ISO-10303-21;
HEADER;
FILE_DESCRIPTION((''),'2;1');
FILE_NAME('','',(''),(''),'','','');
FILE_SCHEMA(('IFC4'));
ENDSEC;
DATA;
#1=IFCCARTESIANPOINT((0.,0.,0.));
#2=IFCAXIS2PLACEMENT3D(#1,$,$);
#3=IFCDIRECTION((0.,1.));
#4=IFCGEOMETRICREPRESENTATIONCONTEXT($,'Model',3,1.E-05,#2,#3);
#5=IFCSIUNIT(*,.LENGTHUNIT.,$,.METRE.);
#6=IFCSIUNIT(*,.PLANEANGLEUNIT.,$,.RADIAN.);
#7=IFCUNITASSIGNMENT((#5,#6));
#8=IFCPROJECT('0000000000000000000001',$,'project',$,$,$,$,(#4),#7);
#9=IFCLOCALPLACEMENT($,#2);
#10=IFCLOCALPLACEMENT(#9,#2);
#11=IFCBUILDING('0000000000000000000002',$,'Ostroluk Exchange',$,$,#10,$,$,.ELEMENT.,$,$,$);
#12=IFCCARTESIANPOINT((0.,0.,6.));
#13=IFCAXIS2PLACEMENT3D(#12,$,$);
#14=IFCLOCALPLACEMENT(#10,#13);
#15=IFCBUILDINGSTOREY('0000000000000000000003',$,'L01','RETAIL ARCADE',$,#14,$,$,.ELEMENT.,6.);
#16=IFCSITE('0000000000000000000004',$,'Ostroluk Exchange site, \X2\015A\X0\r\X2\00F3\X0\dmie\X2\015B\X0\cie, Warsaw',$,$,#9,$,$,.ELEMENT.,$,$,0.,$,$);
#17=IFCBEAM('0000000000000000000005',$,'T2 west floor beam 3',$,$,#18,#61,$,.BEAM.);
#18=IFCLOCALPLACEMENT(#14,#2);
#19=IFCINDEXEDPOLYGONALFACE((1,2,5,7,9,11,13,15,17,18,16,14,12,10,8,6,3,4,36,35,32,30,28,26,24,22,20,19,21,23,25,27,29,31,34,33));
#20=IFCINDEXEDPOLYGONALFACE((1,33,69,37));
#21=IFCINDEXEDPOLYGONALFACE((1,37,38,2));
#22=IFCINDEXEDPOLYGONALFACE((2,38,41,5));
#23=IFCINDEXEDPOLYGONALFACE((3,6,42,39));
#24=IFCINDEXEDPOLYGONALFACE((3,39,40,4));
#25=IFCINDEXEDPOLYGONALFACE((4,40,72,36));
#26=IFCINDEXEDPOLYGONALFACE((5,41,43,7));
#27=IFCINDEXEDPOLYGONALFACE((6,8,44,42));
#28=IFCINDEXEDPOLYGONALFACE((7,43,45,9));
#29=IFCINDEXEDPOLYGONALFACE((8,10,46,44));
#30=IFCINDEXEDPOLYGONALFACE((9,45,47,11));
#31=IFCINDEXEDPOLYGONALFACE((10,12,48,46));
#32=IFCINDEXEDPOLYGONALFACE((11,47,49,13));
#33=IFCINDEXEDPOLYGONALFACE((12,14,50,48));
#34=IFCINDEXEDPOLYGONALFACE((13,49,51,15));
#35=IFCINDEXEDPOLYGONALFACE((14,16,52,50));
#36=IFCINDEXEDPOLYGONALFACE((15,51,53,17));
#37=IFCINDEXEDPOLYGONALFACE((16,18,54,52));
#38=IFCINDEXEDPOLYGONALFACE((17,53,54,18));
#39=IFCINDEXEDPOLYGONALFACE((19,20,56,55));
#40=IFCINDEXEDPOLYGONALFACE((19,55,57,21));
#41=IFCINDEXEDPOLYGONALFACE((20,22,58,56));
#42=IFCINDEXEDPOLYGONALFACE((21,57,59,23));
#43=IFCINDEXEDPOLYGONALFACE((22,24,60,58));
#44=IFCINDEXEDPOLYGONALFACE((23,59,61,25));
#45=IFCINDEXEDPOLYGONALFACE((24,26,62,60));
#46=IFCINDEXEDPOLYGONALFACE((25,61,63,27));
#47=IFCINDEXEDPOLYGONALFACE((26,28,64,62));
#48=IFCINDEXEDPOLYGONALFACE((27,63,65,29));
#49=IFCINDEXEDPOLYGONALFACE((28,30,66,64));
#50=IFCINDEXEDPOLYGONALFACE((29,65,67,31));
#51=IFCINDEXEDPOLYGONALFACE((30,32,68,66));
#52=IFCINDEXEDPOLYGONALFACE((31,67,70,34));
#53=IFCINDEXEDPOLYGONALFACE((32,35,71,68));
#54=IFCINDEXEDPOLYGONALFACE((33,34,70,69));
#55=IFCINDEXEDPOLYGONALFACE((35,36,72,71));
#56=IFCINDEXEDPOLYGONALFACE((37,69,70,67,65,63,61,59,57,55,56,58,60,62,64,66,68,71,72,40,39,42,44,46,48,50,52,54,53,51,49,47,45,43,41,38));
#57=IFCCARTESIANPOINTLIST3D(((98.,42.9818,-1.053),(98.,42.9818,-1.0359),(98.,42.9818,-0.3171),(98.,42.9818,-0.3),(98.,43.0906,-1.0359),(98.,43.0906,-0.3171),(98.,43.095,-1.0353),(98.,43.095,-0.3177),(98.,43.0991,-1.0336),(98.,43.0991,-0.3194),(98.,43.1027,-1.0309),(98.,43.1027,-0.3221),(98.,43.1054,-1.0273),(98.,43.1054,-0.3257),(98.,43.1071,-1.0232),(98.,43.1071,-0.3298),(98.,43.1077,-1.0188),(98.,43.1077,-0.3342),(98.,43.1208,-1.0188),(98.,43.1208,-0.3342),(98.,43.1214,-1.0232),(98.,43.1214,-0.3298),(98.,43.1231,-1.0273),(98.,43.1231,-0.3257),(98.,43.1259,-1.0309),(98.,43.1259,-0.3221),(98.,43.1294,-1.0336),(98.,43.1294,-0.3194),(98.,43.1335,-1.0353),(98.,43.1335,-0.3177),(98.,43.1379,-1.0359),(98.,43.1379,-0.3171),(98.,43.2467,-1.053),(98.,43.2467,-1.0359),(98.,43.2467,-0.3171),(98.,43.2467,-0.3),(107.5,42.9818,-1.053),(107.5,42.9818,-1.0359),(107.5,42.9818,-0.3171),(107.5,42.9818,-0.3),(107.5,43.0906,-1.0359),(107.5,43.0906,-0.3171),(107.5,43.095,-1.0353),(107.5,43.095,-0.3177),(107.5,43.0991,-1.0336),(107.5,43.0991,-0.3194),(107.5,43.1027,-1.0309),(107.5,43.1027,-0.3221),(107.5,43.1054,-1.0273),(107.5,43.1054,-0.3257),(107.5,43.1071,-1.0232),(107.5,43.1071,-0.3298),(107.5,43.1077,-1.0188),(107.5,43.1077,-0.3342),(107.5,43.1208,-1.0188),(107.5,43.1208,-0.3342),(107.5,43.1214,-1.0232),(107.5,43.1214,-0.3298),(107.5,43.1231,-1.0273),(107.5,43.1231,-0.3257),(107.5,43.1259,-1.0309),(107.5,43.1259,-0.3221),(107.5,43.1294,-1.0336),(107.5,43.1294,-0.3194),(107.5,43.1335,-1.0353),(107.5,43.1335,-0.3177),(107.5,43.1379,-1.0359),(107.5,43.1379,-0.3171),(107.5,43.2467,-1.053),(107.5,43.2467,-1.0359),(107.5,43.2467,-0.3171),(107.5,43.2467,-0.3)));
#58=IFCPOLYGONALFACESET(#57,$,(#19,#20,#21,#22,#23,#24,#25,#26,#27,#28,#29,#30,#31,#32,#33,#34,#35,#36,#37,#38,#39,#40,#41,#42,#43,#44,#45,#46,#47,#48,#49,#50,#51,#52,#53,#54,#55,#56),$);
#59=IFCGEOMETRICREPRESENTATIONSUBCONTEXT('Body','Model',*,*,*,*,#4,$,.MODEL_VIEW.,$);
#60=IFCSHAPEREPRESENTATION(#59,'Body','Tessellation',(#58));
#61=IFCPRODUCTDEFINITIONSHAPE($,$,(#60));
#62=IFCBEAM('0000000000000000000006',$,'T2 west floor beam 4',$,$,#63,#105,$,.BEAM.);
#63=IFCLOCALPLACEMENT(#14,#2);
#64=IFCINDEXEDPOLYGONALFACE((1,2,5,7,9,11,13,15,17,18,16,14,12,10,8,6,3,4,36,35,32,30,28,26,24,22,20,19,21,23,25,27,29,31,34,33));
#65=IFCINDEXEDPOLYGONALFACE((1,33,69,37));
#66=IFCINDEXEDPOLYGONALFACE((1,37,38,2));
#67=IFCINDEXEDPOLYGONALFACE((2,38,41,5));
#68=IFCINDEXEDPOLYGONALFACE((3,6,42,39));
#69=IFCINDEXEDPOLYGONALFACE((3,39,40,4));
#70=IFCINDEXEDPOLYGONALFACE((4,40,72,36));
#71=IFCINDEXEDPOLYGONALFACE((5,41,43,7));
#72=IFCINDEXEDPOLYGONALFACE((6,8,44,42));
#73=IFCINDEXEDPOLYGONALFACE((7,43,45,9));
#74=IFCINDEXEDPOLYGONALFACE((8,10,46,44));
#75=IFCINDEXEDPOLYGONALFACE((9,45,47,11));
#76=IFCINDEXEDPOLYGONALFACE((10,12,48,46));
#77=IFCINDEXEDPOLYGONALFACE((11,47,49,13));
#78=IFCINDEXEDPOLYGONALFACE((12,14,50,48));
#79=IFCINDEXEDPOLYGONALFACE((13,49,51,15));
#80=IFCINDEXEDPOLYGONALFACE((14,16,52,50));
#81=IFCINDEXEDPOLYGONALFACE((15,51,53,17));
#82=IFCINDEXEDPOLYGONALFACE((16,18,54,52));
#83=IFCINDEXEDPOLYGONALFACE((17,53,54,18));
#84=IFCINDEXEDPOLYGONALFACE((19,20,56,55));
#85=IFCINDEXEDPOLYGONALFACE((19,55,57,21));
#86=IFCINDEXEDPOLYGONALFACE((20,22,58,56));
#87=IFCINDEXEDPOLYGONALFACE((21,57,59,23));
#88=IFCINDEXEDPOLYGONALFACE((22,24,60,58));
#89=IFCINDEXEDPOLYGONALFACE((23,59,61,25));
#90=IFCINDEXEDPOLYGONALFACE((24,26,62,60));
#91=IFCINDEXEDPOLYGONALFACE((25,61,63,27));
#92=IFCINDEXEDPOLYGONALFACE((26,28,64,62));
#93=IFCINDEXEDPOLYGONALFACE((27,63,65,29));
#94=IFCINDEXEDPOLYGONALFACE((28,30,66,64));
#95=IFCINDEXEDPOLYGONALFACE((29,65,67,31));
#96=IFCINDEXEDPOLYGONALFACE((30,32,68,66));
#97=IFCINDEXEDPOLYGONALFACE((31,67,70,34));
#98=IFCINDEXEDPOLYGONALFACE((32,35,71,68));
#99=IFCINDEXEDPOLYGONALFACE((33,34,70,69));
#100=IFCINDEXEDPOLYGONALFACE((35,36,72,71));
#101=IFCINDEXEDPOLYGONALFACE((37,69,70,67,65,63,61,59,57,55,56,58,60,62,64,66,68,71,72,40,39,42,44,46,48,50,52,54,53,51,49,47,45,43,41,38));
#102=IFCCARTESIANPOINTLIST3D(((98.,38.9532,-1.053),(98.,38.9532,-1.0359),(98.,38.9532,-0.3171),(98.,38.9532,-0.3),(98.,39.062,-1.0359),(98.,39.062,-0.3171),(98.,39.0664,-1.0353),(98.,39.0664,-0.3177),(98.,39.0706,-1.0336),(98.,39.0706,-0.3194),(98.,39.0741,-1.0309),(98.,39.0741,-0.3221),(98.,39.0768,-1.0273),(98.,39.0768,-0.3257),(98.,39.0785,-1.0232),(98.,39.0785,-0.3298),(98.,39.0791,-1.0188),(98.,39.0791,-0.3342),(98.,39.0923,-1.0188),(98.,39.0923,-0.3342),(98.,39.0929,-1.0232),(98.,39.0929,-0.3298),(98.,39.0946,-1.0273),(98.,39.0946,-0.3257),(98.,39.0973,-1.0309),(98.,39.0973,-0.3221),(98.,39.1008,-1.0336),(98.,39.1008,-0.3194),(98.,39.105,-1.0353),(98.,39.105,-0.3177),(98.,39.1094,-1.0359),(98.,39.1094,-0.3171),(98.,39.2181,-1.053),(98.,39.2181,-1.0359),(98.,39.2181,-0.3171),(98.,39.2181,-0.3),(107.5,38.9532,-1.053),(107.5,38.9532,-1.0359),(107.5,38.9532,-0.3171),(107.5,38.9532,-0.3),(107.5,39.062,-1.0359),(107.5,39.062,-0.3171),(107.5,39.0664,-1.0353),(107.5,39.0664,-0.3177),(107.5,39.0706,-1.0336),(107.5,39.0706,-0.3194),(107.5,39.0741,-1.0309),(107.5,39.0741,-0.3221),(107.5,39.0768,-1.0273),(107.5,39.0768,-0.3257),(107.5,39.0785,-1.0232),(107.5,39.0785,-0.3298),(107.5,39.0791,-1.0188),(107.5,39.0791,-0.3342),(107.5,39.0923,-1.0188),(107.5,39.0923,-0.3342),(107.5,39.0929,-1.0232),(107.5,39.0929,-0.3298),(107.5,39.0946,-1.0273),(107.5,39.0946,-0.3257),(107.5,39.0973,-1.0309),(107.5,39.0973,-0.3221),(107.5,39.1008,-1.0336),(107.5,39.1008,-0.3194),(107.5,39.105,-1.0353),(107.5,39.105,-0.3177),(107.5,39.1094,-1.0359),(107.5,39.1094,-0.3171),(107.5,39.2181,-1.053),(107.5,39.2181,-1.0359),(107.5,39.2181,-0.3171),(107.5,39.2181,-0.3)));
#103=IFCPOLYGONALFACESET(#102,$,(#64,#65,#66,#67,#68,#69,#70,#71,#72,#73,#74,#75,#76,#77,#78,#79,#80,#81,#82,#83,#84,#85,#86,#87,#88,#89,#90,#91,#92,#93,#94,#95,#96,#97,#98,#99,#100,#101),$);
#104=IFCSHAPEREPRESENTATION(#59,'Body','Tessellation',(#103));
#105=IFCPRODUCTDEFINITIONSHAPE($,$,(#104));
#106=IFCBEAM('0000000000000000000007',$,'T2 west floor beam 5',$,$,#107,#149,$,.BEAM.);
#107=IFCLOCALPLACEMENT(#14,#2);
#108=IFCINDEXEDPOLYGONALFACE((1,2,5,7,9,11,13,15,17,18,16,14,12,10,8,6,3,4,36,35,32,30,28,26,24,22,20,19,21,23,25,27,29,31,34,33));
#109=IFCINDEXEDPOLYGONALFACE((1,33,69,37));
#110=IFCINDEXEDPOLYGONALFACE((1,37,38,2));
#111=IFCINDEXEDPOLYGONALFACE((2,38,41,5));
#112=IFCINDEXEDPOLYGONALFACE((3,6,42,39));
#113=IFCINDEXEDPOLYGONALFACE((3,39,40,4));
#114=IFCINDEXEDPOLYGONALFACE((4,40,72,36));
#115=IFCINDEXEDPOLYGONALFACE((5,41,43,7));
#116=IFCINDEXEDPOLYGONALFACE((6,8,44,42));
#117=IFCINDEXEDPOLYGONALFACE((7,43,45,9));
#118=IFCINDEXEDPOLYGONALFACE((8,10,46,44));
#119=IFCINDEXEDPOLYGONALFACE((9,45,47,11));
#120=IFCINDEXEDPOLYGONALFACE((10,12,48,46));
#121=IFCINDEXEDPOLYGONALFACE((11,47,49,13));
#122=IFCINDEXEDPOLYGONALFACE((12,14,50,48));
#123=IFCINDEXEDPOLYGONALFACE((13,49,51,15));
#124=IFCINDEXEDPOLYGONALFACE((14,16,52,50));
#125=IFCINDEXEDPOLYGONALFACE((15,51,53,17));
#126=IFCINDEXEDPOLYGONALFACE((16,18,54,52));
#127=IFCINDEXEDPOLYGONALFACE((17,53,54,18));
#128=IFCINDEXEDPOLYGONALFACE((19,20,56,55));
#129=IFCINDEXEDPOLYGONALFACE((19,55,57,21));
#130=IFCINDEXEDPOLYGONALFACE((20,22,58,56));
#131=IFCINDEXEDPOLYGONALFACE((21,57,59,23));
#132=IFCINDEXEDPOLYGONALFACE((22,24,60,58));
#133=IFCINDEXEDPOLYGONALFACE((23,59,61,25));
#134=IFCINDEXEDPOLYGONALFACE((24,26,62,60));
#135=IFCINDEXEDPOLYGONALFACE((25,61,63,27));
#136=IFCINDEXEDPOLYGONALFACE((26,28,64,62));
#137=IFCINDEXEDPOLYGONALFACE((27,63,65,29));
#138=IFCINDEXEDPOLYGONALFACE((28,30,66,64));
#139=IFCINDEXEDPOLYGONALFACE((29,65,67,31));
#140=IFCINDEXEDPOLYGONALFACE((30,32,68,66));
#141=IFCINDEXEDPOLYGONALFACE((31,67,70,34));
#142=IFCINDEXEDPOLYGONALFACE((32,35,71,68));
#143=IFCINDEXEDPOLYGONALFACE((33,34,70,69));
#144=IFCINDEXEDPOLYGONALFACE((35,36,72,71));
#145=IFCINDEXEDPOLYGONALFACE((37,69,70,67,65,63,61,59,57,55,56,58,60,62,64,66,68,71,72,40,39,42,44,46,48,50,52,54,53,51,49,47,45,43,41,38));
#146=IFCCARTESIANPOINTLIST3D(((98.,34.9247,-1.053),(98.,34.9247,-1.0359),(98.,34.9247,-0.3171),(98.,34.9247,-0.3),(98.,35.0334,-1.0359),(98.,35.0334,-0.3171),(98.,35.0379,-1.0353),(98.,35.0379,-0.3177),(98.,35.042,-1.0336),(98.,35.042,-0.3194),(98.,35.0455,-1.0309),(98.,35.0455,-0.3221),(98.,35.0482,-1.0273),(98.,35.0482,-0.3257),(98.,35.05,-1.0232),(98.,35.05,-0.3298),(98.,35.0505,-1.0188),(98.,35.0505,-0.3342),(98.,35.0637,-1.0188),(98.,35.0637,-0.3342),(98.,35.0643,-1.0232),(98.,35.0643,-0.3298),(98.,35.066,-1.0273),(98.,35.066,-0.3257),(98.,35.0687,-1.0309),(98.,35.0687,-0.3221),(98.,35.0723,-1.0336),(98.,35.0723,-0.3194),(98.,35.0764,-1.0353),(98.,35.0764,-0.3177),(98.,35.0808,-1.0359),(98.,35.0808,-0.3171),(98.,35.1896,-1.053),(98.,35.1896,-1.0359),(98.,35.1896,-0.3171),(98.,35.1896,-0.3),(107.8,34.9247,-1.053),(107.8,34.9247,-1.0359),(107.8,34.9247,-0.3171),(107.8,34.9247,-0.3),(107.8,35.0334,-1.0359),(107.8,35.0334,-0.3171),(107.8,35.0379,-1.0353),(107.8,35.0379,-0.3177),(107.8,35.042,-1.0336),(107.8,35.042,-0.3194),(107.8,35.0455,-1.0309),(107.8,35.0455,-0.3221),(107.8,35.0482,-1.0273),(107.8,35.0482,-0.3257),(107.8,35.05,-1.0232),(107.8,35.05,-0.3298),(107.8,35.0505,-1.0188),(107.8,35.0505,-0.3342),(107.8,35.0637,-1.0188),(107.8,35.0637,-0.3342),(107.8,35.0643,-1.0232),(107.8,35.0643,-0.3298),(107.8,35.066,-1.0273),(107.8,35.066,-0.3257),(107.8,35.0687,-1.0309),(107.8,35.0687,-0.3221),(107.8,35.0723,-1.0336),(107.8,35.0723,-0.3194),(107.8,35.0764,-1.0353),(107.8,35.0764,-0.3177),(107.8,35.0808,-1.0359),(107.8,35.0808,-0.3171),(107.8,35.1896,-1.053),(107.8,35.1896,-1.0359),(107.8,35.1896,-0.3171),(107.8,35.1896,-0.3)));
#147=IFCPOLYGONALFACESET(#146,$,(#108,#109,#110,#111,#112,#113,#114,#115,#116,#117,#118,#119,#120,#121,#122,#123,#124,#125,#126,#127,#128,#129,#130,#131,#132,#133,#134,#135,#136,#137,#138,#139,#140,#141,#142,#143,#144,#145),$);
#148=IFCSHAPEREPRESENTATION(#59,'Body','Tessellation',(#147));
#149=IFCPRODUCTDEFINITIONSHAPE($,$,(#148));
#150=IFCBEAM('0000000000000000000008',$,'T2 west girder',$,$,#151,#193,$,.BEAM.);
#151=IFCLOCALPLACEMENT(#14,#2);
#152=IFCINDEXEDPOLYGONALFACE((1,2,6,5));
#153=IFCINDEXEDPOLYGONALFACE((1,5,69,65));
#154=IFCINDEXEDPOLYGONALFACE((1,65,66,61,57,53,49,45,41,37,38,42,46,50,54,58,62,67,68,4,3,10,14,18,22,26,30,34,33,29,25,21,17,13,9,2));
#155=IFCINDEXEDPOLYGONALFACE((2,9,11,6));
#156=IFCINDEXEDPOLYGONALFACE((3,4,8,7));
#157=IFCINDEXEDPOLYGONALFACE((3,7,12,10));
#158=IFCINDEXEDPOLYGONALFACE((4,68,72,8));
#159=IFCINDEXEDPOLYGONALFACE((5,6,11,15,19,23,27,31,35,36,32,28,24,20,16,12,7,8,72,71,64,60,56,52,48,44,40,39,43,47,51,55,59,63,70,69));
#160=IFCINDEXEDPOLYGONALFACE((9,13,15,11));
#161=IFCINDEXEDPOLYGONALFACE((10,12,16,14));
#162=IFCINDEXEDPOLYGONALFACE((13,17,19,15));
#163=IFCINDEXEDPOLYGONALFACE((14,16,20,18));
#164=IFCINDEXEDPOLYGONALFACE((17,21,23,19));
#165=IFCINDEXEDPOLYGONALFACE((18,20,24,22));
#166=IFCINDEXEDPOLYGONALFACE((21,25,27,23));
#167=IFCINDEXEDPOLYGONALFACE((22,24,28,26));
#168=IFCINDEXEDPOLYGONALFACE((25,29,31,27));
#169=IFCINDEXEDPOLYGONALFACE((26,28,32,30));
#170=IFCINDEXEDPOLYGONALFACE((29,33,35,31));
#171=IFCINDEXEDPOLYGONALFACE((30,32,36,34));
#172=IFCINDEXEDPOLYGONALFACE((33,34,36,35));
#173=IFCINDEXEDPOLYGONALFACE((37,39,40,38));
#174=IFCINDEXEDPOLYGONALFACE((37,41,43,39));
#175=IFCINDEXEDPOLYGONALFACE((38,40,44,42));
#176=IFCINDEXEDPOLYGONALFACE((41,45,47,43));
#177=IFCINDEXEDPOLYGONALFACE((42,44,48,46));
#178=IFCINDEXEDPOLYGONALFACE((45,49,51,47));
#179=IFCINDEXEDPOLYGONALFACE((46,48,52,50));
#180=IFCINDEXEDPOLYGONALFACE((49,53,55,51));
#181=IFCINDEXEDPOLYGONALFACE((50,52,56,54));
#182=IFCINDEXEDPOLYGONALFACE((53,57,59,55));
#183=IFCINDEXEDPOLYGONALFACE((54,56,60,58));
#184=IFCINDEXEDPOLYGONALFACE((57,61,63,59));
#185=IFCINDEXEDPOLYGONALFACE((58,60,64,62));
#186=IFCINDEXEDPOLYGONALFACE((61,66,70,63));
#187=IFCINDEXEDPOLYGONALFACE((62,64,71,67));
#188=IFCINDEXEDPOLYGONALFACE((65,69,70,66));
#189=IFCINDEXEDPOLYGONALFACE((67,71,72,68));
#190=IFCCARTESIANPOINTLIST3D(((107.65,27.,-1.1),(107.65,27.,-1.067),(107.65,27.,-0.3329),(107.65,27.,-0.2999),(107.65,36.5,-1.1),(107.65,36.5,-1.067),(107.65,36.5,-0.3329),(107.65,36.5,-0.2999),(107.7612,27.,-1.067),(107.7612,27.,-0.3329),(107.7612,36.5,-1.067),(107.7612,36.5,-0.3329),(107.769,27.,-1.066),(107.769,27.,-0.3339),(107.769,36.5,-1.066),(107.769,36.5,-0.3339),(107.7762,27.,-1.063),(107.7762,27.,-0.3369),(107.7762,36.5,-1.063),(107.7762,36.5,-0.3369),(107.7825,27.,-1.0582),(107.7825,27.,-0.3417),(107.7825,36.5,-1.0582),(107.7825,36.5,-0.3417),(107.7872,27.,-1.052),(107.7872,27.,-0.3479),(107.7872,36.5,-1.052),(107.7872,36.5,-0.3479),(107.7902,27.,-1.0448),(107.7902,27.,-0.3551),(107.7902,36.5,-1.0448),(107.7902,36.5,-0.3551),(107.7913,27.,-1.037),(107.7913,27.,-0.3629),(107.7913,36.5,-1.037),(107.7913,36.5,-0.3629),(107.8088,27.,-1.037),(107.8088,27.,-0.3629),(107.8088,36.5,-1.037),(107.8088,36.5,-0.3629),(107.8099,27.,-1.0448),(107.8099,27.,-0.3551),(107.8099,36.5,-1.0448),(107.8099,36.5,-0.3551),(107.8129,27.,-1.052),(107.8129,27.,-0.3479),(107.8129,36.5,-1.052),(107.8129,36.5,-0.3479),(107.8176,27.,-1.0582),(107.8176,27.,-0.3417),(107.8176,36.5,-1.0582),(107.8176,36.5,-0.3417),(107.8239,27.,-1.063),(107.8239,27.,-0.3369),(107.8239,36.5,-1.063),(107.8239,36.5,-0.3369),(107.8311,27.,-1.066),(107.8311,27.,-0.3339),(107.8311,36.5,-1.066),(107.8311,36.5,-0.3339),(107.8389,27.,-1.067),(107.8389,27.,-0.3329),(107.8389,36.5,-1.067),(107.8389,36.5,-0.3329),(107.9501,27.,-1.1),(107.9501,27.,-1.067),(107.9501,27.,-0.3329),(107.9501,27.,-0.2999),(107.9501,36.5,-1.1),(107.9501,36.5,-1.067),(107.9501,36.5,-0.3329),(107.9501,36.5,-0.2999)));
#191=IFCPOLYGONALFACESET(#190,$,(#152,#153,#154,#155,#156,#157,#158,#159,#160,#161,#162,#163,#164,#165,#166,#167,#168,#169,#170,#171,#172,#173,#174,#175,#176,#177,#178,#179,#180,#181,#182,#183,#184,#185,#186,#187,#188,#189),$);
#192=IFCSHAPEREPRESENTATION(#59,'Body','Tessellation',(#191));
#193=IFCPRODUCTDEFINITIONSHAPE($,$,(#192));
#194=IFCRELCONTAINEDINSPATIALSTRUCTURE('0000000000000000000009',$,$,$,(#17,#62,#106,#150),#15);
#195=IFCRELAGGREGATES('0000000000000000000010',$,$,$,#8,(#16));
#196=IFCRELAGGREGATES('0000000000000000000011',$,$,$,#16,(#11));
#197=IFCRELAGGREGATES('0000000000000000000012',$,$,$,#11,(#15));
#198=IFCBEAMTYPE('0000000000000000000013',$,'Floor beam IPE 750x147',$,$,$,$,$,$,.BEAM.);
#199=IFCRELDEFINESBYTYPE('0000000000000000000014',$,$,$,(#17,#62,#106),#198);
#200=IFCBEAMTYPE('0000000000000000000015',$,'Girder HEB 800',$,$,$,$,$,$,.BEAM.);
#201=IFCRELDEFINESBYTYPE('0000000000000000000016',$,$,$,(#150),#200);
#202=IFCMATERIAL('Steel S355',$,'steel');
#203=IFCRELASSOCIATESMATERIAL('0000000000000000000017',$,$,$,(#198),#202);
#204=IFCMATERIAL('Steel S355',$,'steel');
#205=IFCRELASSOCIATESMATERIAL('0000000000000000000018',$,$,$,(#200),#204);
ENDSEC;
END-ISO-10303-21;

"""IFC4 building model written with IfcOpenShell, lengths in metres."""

from ifc_helpers import new_model, si_unit, direction, frame, origin, origin_2d, place, context, subcontext, project, spatial, i_section, extrude, material, material_profile, profile_set, type_object, element, save


model = new_model("IFC4")

# Units and contexts
model_context = context("Model", 3, precision=1e-05, world=origin(), true_north=direction((0.0, 1.0)))
body_context = subcontext(model_context, "Body", "Model", "MODEL_VIEW")
ifc_project = project(units=[si_unit("LENGTHUNIT", "METRE"), si_unit("PLANEANGLEUNIT", "RADIAN")], contexts=[model_context])

# Site, building, storey
site_placement = place(None, origin())
site = spatial("IfcSite", under=ifc_project, at=site_placement, Name="Ostroluk Exchange site, Śródmieście, Warsaw", CompositionType="ELEMENT", RefElevation=0.0)
building_placement = place(site_placement, origin())
building = spatial("IfcBuilding", under=site, at=building_placement, Name="Ostroluk Exchange", CompositionType="ELEMENT")
storey_placement = place(building_placement, frame((0.0, 0.0, 6.0)))
storey = spatial("IfcBuildingStorey", under=building, at=storey_placement, Name="L01", Description="RETAIL ARCADE", CompositionType="ELEMENT", Elevation=6.0)

# Beams
ifc_material_1 = material(Name="Steel S355", Category="steel")
ifc_material_profile_1 = material_profile(ifc_material_1, i_section(OverallWidth=0.2649, OverallDepth=0.7529, WebThickness=0.0132, FlangeThickness=0.0171, FilletRadius=0.0171, at=origin_2d()), Name="IPE 750x147")
ifc_profile_set_1 = profile_set([ifc_material_profile_1], Name="Steel S355")
beam_type_1 = type_object("IfcBeamType", Name="Floor beam IPE 750x147", PredefinedType="BEAM", material=ifc_profile_set_1)
for number, where, z_axis, x_axis, name in (
    (1, (107.5, 43.1143, -0.6765), (-1.0, 0.0, 0.0), (0.0, -1.0, 0.0), "T2 west floor beam 3"),
    (2, (107.5, 39.0857, -0.6765), (-1.0, 0.0, 0.0), (0.0, -1.0, 0.0), "T2 west floor beam 4"),
):
    element("IfcBeam", number, at=place(storey_placement, frame(where, z_axis=z_axis, x_axis=x_axis)), inside=storey, type_object=beam_type_1, Name=name, PredefinedType="BEAM", context=body_context, shape_type="SweptSolid", body=[
        extrude(i_section(OverallWidth=0.2649, OverallDepth=0.7529, WebThickness=0.0132, FlangeThickness=0.0171, FilletRadius=0.0171, at=origin_2d()), origin(), (0.0, 0.0, 1.0), 9.5),
    ])
beam_1_placement = place(storey_placement, frame((107.8, 35.0571, -0.6765), z_axis=(-1.0, 0.0, 0.0), x_axis=(0.0, -1.0, 0.0)))
element("IfcBeam", 3, at=beam_1_placement, inside=storey, type_object=beam_type_1, Name="T2 west floor beam 5", PredefinedType="BEAM", context=body_context, shape_type="SweptSolid", body=[
    extrude(i_section(OverallWidth=0.2649, OverallDepth=0.7529, WebThickness=0.0132, FlangeThickness=0.0171, FilletRadius=0.0171, at=origin_2d()), origin(), (0.0, 0.0, 1.0), 9.8),
])
ifc_material_2 = material(Name="Steel S355", Category="steel")
ifc_material_profile_2 = material_profile(ifc_material_2, i_section(OverallWidth=0.3, OverallDepth=0.8, WebThickness=0.0176, FlangeThickness=0.033, FilletRadius=0.03, at=origin_2d()), Name="HEB 800")
ifc_profile_set_2 = profile_set([ifc_material_profile_2], Name="Steel S355")
beam_type_2 = type_object("IfcBeamType", Name="Girder HEB 800", PredefinedType="BEAM", material=ifc_profile_set_2)
beam_2_placement = place(storey_placement, frame((107.8, 36.5, -0.7), z_axis=(0.0, -1.0, 0.0), x_axis=(1.0, 0.0, 0.0)))
element("IfcBeam", 4, at=beam_2_placement, inside=storey, type_object=beam_type_2, Name="T2 west girder", PredefinedType="BEAM", context=body_context, shape_type="SweptSolid", body=[
    extrude(i_section(OverallWidth=0.3, OverallDepth=0.8, WebThickness=0.0176, FlangeThickness=0.033, FilletRadius=0.03, at=origin_2d()), origin(), (0.0, 0.0, 1.0), 9.5),
])

save(model, "model.ifc")
